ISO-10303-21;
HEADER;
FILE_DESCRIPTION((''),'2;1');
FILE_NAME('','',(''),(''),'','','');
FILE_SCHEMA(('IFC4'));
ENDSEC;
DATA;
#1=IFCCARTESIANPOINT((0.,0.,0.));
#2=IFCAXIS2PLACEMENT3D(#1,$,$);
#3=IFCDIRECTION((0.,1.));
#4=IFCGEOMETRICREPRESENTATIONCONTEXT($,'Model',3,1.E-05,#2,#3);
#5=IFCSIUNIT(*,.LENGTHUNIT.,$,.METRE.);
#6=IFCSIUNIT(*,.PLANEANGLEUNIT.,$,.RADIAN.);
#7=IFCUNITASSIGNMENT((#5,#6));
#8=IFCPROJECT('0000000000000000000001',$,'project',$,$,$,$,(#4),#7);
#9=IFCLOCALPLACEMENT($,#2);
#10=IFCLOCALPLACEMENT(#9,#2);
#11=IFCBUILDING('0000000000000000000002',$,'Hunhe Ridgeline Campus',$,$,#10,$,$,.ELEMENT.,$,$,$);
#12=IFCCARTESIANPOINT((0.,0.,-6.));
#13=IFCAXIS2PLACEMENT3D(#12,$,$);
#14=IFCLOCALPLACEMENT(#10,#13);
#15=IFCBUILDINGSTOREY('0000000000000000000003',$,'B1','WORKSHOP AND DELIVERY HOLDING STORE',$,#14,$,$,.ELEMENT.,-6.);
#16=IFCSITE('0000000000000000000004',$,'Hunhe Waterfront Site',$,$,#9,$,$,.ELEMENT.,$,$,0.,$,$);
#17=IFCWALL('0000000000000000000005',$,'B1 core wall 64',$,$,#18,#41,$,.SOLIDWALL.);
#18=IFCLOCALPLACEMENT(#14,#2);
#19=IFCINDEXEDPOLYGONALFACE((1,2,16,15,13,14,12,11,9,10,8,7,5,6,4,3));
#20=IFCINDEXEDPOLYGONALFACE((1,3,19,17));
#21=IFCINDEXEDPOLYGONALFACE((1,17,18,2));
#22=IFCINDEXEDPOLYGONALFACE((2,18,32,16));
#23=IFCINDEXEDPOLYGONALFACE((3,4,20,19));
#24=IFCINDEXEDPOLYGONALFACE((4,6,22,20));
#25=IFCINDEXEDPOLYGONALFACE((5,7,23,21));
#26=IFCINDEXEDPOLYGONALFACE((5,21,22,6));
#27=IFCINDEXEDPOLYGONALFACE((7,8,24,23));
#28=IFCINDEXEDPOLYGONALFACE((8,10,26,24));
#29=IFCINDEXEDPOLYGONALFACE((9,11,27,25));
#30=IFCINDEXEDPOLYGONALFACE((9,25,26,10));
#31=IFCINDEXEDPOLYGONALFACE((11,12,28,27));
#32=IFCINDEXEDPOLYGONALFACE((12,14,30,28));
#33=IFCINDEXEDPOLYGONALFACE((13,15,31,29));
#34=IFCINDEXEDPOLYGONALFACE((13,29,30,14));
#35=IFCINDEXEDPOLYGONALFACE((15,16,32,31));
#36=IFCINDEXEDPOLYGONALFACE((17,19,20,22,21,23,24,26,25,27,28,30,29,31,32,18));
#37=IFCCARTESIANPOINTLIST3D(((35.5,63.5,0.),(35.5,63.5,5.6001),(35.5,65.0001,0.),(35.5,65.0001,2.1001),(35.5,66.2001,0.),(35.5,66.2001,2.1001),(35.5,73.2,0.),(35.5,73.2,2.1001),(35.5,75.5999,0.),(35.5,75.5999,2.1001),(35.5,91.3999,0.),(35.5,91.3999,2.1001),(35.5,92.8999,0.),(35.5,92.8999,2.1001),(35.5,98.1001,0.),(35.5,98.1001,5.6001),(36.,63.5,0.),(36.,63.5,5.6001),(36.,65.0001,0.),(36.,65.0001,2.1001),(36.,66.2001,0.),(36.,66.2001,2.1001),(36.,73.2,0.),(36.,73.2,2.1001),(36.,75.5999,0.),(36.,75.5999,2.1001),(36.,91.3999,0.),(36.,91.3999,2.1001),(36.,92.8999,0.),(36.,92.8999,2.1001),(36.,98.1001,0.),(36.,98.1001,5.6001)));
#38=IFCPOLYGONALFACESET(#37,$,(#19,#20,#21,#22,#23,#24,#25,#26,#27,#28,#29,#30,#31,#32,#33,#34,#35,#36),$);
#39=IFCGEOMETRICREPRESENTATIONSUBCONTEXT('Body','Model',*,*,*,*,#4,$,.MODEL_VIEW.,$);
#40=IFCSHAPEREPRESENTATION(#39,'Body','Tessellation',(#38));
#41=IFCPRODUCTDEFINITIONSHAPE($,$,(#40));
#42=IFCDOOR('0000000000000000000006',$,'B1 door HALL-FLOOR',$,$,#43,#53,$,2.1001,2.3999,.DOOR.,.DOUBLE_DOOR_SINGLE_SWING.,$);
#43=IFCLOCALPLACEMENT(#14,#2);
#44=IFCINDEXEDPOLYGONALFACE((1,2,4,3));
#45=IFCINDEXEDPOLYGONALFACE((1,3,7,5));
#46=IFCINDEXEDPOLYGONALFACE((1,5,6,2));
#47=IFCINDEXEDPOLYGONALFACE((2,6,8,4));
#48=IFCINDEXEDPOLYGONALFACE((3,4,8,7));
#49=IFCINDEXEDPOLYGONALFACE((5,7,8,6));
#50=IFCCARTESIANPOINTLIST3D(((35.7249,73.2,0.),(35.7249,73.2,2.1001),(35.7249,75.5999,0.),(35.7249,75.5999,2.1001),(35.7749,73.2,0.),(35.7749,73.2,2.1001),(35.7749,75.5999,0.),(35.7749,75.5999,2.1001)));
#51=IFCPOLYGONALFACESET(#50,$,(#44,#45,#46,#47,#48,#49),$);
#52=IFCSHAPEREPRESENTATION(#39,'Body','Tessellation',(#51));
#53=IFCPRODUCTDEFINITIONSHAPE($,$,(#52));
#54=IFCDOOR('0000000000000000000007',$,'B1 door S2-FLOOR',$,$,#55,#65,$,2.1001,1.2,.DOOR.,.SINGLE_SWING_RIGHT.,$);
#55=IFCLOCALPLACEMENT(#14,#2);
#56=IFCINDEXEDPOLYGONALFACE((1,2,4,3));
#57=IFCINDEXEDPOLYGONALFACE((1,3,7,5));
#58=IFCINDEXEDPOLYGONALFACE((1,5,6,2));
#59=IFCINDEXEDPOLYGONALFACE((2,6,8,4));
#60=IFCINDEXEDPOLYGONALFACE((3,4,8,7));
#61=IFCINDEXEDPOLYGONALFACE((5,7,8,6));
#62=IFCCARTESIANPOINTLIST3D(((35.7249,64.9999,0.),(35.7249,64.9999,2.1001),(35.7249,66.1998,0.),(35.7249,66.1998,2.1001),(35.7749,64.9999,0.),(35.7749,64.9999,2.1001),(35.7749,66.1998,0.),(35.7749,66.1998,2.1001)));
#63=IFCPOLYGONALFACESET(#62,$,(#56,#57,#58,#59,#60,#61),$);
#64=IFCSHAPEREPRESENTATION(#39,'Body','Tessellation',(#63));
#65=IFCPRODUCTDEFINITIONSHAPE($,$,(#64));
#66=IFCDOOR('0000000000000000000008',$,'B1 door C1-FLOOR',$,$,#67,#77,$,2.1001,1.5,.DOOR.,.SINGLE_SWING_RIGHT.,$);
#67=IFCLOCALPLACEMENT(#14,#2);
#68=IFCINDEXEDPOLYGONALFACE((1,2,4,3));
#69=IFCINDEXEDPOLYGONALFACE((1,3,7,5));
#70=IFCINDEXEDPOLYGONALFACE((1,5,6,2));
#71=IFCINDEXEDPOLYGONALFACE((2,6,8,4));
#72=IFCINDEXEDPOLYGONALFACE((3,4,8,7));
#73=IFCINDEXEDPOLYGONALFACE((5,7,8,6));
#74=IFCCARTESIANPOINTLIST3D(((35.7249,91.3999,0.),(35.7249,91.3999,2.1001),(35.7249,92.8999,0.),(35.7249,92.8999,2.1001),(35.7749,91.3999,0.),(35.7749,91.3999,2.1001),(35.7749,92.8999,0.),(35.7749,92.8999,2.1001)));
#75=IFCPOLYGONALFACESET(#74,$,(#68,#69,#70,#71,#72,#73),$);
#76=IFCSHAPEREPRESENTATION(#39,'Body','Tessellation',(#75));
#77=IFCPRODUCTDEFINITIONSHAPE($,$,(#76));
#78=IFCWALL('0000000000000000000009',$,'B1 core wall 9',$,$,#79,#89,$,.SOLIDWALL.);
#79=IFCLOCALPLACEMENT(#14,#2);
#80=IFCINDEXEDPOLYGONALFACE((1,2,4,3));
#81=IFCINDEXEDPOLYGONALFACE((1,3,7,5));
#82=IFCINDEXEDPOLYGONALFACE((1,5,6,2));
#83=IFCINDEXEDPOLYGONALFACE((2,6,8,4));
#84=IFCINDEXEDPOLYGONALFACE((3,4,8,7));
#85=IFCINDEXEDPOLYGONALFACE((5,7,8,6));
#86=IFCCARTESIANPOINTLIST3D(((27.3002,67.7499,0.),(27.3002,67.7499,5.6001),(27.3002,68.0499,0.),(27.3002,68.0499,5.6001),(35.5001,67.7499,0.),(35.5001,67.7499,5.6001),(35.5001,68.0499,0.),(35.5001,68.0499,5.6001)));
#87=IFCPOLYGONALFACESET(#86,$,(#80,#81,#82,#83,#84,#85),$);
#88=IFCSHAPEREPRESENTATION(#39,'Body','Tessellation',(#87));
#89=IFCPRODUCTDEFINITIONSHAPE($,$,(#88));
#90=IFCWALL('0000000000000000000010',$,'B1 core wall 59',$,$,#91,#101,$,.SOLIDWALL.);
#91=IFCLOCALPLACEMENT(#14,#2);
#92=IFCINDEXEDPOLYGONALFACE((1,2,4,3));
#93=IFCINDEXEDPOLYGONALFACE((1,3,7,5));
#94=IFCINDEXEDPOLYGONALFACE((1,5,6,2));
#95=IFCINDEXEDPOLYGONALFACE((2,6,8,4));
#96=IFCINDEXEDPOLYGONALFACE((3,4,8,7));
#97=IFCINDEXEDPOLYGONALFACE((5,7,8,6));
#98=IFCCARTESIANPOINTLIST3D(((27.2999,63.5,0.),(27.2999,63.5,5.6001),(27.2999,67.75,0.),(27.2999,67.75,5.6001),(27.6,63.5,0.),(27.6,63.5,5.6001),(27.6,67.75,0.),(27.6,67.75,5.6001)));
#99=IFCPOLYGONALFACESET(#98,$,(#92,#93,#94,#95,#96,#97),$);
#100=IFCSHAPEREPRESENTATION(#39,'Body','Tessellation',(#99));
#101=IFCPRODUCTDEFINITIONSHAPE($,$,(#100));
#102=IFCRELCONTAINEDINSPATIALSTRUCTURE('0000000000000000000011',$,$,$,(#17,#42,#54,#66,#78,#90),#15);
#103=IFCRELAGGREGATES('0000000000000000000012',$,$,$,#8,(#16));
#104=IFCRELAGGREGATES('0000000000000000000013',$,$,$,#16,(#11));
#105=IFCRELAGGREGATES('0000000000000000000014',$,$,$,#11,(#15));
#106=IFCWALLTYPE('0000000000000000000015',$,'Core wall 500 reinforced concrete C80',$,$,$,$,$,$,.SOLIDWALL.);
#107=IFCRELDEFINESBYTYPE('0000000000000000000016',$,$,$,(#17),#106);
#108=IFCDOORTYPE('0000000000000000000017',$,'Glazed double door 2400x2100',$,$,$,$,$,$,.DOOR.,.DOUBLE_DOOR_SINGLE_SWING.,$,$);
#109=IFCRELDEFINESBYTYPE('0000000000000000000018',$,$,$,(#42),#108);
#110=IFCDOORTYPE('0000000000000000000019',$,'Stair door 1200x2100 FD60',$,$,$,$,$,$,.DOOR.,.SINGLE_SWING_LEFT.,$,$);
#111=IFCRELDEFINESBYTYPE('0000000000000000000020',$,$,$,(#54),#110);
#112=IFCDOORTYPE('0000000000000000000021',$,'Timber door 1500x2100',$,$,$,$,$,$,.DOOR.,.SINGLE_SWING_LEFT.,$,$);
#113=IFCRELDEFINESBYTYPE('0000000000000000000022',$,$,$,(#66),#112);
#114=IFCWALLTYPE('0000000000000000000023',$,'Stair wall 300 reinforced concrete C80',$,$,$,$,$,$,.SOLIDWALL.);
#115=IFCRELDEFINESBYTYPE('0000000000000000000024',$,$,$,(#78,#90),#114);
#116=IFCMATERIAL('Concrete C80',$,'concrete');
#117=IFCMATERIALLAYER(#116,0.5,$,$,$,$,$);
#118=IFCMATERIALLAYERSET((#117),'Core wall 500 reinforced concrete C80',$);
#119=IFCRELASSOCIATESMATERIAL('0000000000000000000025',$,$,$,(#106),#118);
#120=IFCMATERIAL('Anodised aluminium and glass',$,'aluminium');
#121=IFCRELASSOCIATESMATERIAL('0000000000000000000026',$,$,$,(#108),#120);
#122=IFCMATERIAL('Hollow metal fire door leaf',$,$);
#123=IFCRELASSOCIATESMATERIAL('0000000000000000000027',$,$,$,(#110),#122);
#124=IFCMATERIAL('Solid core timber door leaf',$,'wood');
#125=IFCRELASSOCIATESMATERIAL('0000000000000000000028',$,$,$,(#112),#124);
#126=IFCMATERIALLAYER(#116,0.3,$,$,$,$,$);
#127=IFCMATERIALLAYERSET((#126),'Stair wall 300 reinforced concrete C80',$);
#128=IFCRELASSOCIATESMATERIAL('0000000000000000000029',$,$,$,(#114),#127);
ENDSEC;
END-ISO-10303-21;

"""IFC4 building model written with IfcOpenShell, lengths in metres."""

from ifc_helpers import new_model, si_unit, direction, frame, frame_2d, origin, place, context, subcontext, project, spatial, rectangle, extrude, material, layer, layer_set, type_object, element, fill, save


model = new_model("IFC4")

# Units and contexts
model_context = context("Model", 3, precision=1e-05, world=origin(), true_north=direction((0.0, 1.0)))
body_context = subcontext(model_context, "Body", "Model", "MODEL_VIEW")
ifc_project = project(units=[si_unit("LENGTHUNIT", "METRE"), si_unit("PLANEANGLEUNIT", "RADIAN")], contexts=[model_context])

# Site, building, storey
site_placement = place(None, origin())
site = spatial("IfcSite", under=ifc_project, at=site_placement, Name="Hunhe Waterfront Site", CompositionType="ELEMENT", RefElevation=0.0)
building_placement = place(site_placement, origin())
building = spatial("IfcBuilding", under=site, at=building_placement, Name="Hunhe Ridgeline Campus", CompositionType="ELEMENT")
storey_placement = place(building_placement, frame((0.0, 0.0, -6.0)))
storey = spatial("IfcBuildingStorey", under=building, at=storey_placement, Name="B1", Description="WORKSHOP AND DELIVERY HOLDING STORE", CompositionType="ELEMENT", Elevation=-6.0)

# Shared definitions
ifc_material_1 = material(Name="Concrete C80", Category="concrete")

# Wall, openings, doors
ifc_layer_1 = layer(ifc_material_1, 0.5)
ifc_layer_set_1 = layer_set([ifc_layer_1], Name="Core wall 500 reinforced concrete C80")
wall_type_1 = type_object("IfcWallType", Name="Core wall 500 reinforced concrete C80", PredefinedType="SOLIDWALL", material=ifc_layer_set_1)
wall_1_placement = place(storey_placement, frame((35.75, 63.5, 0.0), z_axis=(0.0, 0.0, 1.0), x_axis=(0.0, 1.0, 0.0)))
wall_1 = element("IfcWall", 1, at=wall_1_placement, inside=storey, type_object=wall_type_1, Name="B1 core wall 64", PredefinedType="SOLIDWALL", context=body_context, shape_type="SweptSolid", body=[
    extrude(rectangle(XDim=34.6001, YDim=0.5, at=frame_2d((17.3, 0.0))), origin(), (0.0, 0.0, 1.0), 5.6001),
])
opening_1_placement = place(wall_1_placement, frame((9.7, 0.0, 0.0)))
opening_1 = element("IfcOpeningElement", 2, at=opening_1_placement, cuts=wall_1, PredefinedType="OPENING", context=body_context, shape_type="SweptSolid", body=[
    extrude(rectangle(XDim=2.3999, YDim=2.1001, at=frame_2d((1.2, 1.05))), frame((0.0, 0.25, 0.0), z_axis=(0.0, -1.0, 0.0), x_axis=(1.0, 0.0, 0.0)), (0.0, 0.0, 1.0), 0.5),
])
opening_2_placement = place(wall_1_placement, frame((27.8999, 0.0, 0.0)))
opening_2 = element("IfcOpeningElement", 3, at=opening_2_placement, cuts=wall_1, PredefinedType="OPENING", context=body_context, shape_type="SweptSolid", body=[
    extrude(rectangle(XDim=1.5, YDim=2.1001, at=frame_2d((0.75, 1.05))), frame((0.0, 0.25, 0.0), z_axis=(0.0, -1.0, 0.0), x_axis=(1.0, 0.0, 0.0)), (0.0, 0.0, 1.0), 0.5),
])
opening_3_placement = place(wall_1_placement, frame((1.5, 0.0, 0.0)))
opening_3 = element("IfcOpeningElement", 4, at=opening_3_placement, cuts=wall_1, PredefinedType="OPENING", context=body_context, shape_type="SweptSolid", body=[
    extrude(rectangle(XDim=1.2, YDim=2.1001, at=frame_2d((0.6001, 1.05))), frame((0.0, 0.25, 0.0), z_axis=(0.0, -1.0, 0.0), x_axis=(1.0, 0.0, 0.0)), (0.0, 0.0, 1.0), 0.5),
])
ifc_material_2 = material(Name="Anodised aluminium and glass", Category="aluminium")
door_type_1 = type_object("IfcDoorType", Name="Glazed double door 2400x2100", OperationType="DOUBLE_DOOR_SINGLE_SWING", PredefinedType="DOOR", material=ifc_material_2)
door_1_placement = place(opening_1_placement, frame((2.3999, 0.0, 0.0), z_axis=(0.0, 0.0, 1.0), x_axis=(-1.0, 0.0, 0.0)))
door_1 = element("IfcDoor", 5, at=door_1_placement, inside=storey, type_object=door_type_1, Name="B1 door HALL-FLOOR", OperationType="DOUBLE_DOOR_SINGLE_SWING", OverallHeight=2.1001, OverallWidth=2.3999, PredefinedType="DOOR", context=body_context, shape_type="SweptSolid", body=[
    extrude(rectangle(XDim=2.3999, YDim=2.1001, at=frame_2d((1.2, 1.05))), frame((0.0, 0.0249, 0.0), z_axis=(0.0, -1.0, 0.0), x_axis=(1.0, 0.0, 0.0)), (0.0, 0.0, 1.0), 0.05),
])
fill(opening_1, door_1)
ifc_material_3 = material(Name="Hollow metal fire door leaf")
door_type_2 = type_object("IfcDoorType", Name="Stair door 1200x2100 FD60", OperationType="SINGLE_SWING_LEFT", PredefinedType="DOOR", material=ifc_material_3)
door_2_placement = place(opening_3_placement, frame((1.2, 0.0, 0.0), z_axis=(0.0, 0.0, 1.0), x_axis=(-1.0, 0.0, 0.0)))
door_2 = element("IfcDoor", 6, at=door_2_placement, inside=storey, type_object=door_type_2, Name="B1 door S2-FLOOR", OperationType="SINGLE_SWING_RIGHT", OverallHeight=2.1001, OverallWidth=1.2, PredefinedType="DOOR", context=body_context, shape_type="SweptSolid", body=[
    extrude(rectangle(XDim=1.2, YDim=2.1001, at=frame_2d((0.6001, 1.05))), frame((0.0, 0.0249, 0.0), z_axis=(0.0, -1.0, 0.0), x_axis=(1.0, 0.0, 0.0)), (0.0, 0.0, 1.0), 0.05),
])
fill(opening_3, door_2)
ifc_material_4 = material(Name="Solid core timber door leaf", Category="wood")
door_type_3 = type_object("IfcDoorType", Name="Timber door 1500x2100", OperationType="SINGLE_SWING_LEFT", PredefinedType="DOOR", material=ifc_material_4)
door_3_placement = place(opening_2_placement, frame((1.5, 0.0, 0.0), z_axis=(0.0, 0.0, 1.0), x_axis=(-1.0, 0.0, 0.0)))
door_3 = element("IfcDoor", 7, at=door_3_placement, inside=storey, type_object=door_type_3, Name="B1 door C1-FLOOR", OperationType="SINGLE_SWING_RIGHT", OverallHeight=2.1001, OverallWidth=1.5, PredefinedType="DOOR", context=body_context, shape_type="SweptSolid", body=[
    extrude(rectangle(XDim=1.5, YDim=2.1001, at=frame_2d((0.75, 1.05))), frame((0.0, 0.0249, 0.0), z_axis=(0.0, -1.0, 0.0), x_axis=(1.0, 0.0, 0.0)), (0.0, 0.0, 1.0), 0.05),
])
fill(opening_2, door_3)

# Walls
ifc_layer_2 = layer(ifc_material_1, 0.3)
ifc_layer_set_2 = layer_set([ifc_layer_2], Name="Stair wall 300 reinforced concrete C80")
wall_type_2 = type_object("IfcWallType", Name="Stair wall 300 reinforced concrete C80", PredefinedType="SOLIDWALL", material=ifc_layer_set_2)
wall_2_placement = place(storey_placement, frame((27.3, 67.8999, 0.0), z_axis=(0.0, 0.0, 1.0), x_axis=(1.0, 0.0, 0.0)))
element("IfcWall", 8, at=wall_2_placement, inside=storey, type_object=wall_type_2, Name="B1 core wall 9", PredefinedType="SOLIDWALL", context=body_context, shape_type="SweptSolid", body=[
    extrude(rectangle(XDim=8.2, YDim=0.3, at=frame_2d((4.1001, 0.0))), origin(), (0.0, 0.0, 1.0), 5.6001),
])
wall_3_placement = place(storey_placement, frame((27.45, 63.5, 0.0), z_axis=(0.0, 0.0, 1.0), x_axis=(0.0, 1.0, 0.0)))
element("IfcWall", 9, at=wall_3_placement, inside=storey, type_object=wall_type_2, Name="B1 core wall 59", PredefinedType="SOLIDWALL", context=body_context, shape_type="SweptSolid", body=[
    extrude(rectangle(XDim=4.25, YDim=0.3, at=frame_2d((2.125, 0.0))), origin(), (0.0, 0.0, 1.0), 5.6001),
])

save(model, "model.ifc")
